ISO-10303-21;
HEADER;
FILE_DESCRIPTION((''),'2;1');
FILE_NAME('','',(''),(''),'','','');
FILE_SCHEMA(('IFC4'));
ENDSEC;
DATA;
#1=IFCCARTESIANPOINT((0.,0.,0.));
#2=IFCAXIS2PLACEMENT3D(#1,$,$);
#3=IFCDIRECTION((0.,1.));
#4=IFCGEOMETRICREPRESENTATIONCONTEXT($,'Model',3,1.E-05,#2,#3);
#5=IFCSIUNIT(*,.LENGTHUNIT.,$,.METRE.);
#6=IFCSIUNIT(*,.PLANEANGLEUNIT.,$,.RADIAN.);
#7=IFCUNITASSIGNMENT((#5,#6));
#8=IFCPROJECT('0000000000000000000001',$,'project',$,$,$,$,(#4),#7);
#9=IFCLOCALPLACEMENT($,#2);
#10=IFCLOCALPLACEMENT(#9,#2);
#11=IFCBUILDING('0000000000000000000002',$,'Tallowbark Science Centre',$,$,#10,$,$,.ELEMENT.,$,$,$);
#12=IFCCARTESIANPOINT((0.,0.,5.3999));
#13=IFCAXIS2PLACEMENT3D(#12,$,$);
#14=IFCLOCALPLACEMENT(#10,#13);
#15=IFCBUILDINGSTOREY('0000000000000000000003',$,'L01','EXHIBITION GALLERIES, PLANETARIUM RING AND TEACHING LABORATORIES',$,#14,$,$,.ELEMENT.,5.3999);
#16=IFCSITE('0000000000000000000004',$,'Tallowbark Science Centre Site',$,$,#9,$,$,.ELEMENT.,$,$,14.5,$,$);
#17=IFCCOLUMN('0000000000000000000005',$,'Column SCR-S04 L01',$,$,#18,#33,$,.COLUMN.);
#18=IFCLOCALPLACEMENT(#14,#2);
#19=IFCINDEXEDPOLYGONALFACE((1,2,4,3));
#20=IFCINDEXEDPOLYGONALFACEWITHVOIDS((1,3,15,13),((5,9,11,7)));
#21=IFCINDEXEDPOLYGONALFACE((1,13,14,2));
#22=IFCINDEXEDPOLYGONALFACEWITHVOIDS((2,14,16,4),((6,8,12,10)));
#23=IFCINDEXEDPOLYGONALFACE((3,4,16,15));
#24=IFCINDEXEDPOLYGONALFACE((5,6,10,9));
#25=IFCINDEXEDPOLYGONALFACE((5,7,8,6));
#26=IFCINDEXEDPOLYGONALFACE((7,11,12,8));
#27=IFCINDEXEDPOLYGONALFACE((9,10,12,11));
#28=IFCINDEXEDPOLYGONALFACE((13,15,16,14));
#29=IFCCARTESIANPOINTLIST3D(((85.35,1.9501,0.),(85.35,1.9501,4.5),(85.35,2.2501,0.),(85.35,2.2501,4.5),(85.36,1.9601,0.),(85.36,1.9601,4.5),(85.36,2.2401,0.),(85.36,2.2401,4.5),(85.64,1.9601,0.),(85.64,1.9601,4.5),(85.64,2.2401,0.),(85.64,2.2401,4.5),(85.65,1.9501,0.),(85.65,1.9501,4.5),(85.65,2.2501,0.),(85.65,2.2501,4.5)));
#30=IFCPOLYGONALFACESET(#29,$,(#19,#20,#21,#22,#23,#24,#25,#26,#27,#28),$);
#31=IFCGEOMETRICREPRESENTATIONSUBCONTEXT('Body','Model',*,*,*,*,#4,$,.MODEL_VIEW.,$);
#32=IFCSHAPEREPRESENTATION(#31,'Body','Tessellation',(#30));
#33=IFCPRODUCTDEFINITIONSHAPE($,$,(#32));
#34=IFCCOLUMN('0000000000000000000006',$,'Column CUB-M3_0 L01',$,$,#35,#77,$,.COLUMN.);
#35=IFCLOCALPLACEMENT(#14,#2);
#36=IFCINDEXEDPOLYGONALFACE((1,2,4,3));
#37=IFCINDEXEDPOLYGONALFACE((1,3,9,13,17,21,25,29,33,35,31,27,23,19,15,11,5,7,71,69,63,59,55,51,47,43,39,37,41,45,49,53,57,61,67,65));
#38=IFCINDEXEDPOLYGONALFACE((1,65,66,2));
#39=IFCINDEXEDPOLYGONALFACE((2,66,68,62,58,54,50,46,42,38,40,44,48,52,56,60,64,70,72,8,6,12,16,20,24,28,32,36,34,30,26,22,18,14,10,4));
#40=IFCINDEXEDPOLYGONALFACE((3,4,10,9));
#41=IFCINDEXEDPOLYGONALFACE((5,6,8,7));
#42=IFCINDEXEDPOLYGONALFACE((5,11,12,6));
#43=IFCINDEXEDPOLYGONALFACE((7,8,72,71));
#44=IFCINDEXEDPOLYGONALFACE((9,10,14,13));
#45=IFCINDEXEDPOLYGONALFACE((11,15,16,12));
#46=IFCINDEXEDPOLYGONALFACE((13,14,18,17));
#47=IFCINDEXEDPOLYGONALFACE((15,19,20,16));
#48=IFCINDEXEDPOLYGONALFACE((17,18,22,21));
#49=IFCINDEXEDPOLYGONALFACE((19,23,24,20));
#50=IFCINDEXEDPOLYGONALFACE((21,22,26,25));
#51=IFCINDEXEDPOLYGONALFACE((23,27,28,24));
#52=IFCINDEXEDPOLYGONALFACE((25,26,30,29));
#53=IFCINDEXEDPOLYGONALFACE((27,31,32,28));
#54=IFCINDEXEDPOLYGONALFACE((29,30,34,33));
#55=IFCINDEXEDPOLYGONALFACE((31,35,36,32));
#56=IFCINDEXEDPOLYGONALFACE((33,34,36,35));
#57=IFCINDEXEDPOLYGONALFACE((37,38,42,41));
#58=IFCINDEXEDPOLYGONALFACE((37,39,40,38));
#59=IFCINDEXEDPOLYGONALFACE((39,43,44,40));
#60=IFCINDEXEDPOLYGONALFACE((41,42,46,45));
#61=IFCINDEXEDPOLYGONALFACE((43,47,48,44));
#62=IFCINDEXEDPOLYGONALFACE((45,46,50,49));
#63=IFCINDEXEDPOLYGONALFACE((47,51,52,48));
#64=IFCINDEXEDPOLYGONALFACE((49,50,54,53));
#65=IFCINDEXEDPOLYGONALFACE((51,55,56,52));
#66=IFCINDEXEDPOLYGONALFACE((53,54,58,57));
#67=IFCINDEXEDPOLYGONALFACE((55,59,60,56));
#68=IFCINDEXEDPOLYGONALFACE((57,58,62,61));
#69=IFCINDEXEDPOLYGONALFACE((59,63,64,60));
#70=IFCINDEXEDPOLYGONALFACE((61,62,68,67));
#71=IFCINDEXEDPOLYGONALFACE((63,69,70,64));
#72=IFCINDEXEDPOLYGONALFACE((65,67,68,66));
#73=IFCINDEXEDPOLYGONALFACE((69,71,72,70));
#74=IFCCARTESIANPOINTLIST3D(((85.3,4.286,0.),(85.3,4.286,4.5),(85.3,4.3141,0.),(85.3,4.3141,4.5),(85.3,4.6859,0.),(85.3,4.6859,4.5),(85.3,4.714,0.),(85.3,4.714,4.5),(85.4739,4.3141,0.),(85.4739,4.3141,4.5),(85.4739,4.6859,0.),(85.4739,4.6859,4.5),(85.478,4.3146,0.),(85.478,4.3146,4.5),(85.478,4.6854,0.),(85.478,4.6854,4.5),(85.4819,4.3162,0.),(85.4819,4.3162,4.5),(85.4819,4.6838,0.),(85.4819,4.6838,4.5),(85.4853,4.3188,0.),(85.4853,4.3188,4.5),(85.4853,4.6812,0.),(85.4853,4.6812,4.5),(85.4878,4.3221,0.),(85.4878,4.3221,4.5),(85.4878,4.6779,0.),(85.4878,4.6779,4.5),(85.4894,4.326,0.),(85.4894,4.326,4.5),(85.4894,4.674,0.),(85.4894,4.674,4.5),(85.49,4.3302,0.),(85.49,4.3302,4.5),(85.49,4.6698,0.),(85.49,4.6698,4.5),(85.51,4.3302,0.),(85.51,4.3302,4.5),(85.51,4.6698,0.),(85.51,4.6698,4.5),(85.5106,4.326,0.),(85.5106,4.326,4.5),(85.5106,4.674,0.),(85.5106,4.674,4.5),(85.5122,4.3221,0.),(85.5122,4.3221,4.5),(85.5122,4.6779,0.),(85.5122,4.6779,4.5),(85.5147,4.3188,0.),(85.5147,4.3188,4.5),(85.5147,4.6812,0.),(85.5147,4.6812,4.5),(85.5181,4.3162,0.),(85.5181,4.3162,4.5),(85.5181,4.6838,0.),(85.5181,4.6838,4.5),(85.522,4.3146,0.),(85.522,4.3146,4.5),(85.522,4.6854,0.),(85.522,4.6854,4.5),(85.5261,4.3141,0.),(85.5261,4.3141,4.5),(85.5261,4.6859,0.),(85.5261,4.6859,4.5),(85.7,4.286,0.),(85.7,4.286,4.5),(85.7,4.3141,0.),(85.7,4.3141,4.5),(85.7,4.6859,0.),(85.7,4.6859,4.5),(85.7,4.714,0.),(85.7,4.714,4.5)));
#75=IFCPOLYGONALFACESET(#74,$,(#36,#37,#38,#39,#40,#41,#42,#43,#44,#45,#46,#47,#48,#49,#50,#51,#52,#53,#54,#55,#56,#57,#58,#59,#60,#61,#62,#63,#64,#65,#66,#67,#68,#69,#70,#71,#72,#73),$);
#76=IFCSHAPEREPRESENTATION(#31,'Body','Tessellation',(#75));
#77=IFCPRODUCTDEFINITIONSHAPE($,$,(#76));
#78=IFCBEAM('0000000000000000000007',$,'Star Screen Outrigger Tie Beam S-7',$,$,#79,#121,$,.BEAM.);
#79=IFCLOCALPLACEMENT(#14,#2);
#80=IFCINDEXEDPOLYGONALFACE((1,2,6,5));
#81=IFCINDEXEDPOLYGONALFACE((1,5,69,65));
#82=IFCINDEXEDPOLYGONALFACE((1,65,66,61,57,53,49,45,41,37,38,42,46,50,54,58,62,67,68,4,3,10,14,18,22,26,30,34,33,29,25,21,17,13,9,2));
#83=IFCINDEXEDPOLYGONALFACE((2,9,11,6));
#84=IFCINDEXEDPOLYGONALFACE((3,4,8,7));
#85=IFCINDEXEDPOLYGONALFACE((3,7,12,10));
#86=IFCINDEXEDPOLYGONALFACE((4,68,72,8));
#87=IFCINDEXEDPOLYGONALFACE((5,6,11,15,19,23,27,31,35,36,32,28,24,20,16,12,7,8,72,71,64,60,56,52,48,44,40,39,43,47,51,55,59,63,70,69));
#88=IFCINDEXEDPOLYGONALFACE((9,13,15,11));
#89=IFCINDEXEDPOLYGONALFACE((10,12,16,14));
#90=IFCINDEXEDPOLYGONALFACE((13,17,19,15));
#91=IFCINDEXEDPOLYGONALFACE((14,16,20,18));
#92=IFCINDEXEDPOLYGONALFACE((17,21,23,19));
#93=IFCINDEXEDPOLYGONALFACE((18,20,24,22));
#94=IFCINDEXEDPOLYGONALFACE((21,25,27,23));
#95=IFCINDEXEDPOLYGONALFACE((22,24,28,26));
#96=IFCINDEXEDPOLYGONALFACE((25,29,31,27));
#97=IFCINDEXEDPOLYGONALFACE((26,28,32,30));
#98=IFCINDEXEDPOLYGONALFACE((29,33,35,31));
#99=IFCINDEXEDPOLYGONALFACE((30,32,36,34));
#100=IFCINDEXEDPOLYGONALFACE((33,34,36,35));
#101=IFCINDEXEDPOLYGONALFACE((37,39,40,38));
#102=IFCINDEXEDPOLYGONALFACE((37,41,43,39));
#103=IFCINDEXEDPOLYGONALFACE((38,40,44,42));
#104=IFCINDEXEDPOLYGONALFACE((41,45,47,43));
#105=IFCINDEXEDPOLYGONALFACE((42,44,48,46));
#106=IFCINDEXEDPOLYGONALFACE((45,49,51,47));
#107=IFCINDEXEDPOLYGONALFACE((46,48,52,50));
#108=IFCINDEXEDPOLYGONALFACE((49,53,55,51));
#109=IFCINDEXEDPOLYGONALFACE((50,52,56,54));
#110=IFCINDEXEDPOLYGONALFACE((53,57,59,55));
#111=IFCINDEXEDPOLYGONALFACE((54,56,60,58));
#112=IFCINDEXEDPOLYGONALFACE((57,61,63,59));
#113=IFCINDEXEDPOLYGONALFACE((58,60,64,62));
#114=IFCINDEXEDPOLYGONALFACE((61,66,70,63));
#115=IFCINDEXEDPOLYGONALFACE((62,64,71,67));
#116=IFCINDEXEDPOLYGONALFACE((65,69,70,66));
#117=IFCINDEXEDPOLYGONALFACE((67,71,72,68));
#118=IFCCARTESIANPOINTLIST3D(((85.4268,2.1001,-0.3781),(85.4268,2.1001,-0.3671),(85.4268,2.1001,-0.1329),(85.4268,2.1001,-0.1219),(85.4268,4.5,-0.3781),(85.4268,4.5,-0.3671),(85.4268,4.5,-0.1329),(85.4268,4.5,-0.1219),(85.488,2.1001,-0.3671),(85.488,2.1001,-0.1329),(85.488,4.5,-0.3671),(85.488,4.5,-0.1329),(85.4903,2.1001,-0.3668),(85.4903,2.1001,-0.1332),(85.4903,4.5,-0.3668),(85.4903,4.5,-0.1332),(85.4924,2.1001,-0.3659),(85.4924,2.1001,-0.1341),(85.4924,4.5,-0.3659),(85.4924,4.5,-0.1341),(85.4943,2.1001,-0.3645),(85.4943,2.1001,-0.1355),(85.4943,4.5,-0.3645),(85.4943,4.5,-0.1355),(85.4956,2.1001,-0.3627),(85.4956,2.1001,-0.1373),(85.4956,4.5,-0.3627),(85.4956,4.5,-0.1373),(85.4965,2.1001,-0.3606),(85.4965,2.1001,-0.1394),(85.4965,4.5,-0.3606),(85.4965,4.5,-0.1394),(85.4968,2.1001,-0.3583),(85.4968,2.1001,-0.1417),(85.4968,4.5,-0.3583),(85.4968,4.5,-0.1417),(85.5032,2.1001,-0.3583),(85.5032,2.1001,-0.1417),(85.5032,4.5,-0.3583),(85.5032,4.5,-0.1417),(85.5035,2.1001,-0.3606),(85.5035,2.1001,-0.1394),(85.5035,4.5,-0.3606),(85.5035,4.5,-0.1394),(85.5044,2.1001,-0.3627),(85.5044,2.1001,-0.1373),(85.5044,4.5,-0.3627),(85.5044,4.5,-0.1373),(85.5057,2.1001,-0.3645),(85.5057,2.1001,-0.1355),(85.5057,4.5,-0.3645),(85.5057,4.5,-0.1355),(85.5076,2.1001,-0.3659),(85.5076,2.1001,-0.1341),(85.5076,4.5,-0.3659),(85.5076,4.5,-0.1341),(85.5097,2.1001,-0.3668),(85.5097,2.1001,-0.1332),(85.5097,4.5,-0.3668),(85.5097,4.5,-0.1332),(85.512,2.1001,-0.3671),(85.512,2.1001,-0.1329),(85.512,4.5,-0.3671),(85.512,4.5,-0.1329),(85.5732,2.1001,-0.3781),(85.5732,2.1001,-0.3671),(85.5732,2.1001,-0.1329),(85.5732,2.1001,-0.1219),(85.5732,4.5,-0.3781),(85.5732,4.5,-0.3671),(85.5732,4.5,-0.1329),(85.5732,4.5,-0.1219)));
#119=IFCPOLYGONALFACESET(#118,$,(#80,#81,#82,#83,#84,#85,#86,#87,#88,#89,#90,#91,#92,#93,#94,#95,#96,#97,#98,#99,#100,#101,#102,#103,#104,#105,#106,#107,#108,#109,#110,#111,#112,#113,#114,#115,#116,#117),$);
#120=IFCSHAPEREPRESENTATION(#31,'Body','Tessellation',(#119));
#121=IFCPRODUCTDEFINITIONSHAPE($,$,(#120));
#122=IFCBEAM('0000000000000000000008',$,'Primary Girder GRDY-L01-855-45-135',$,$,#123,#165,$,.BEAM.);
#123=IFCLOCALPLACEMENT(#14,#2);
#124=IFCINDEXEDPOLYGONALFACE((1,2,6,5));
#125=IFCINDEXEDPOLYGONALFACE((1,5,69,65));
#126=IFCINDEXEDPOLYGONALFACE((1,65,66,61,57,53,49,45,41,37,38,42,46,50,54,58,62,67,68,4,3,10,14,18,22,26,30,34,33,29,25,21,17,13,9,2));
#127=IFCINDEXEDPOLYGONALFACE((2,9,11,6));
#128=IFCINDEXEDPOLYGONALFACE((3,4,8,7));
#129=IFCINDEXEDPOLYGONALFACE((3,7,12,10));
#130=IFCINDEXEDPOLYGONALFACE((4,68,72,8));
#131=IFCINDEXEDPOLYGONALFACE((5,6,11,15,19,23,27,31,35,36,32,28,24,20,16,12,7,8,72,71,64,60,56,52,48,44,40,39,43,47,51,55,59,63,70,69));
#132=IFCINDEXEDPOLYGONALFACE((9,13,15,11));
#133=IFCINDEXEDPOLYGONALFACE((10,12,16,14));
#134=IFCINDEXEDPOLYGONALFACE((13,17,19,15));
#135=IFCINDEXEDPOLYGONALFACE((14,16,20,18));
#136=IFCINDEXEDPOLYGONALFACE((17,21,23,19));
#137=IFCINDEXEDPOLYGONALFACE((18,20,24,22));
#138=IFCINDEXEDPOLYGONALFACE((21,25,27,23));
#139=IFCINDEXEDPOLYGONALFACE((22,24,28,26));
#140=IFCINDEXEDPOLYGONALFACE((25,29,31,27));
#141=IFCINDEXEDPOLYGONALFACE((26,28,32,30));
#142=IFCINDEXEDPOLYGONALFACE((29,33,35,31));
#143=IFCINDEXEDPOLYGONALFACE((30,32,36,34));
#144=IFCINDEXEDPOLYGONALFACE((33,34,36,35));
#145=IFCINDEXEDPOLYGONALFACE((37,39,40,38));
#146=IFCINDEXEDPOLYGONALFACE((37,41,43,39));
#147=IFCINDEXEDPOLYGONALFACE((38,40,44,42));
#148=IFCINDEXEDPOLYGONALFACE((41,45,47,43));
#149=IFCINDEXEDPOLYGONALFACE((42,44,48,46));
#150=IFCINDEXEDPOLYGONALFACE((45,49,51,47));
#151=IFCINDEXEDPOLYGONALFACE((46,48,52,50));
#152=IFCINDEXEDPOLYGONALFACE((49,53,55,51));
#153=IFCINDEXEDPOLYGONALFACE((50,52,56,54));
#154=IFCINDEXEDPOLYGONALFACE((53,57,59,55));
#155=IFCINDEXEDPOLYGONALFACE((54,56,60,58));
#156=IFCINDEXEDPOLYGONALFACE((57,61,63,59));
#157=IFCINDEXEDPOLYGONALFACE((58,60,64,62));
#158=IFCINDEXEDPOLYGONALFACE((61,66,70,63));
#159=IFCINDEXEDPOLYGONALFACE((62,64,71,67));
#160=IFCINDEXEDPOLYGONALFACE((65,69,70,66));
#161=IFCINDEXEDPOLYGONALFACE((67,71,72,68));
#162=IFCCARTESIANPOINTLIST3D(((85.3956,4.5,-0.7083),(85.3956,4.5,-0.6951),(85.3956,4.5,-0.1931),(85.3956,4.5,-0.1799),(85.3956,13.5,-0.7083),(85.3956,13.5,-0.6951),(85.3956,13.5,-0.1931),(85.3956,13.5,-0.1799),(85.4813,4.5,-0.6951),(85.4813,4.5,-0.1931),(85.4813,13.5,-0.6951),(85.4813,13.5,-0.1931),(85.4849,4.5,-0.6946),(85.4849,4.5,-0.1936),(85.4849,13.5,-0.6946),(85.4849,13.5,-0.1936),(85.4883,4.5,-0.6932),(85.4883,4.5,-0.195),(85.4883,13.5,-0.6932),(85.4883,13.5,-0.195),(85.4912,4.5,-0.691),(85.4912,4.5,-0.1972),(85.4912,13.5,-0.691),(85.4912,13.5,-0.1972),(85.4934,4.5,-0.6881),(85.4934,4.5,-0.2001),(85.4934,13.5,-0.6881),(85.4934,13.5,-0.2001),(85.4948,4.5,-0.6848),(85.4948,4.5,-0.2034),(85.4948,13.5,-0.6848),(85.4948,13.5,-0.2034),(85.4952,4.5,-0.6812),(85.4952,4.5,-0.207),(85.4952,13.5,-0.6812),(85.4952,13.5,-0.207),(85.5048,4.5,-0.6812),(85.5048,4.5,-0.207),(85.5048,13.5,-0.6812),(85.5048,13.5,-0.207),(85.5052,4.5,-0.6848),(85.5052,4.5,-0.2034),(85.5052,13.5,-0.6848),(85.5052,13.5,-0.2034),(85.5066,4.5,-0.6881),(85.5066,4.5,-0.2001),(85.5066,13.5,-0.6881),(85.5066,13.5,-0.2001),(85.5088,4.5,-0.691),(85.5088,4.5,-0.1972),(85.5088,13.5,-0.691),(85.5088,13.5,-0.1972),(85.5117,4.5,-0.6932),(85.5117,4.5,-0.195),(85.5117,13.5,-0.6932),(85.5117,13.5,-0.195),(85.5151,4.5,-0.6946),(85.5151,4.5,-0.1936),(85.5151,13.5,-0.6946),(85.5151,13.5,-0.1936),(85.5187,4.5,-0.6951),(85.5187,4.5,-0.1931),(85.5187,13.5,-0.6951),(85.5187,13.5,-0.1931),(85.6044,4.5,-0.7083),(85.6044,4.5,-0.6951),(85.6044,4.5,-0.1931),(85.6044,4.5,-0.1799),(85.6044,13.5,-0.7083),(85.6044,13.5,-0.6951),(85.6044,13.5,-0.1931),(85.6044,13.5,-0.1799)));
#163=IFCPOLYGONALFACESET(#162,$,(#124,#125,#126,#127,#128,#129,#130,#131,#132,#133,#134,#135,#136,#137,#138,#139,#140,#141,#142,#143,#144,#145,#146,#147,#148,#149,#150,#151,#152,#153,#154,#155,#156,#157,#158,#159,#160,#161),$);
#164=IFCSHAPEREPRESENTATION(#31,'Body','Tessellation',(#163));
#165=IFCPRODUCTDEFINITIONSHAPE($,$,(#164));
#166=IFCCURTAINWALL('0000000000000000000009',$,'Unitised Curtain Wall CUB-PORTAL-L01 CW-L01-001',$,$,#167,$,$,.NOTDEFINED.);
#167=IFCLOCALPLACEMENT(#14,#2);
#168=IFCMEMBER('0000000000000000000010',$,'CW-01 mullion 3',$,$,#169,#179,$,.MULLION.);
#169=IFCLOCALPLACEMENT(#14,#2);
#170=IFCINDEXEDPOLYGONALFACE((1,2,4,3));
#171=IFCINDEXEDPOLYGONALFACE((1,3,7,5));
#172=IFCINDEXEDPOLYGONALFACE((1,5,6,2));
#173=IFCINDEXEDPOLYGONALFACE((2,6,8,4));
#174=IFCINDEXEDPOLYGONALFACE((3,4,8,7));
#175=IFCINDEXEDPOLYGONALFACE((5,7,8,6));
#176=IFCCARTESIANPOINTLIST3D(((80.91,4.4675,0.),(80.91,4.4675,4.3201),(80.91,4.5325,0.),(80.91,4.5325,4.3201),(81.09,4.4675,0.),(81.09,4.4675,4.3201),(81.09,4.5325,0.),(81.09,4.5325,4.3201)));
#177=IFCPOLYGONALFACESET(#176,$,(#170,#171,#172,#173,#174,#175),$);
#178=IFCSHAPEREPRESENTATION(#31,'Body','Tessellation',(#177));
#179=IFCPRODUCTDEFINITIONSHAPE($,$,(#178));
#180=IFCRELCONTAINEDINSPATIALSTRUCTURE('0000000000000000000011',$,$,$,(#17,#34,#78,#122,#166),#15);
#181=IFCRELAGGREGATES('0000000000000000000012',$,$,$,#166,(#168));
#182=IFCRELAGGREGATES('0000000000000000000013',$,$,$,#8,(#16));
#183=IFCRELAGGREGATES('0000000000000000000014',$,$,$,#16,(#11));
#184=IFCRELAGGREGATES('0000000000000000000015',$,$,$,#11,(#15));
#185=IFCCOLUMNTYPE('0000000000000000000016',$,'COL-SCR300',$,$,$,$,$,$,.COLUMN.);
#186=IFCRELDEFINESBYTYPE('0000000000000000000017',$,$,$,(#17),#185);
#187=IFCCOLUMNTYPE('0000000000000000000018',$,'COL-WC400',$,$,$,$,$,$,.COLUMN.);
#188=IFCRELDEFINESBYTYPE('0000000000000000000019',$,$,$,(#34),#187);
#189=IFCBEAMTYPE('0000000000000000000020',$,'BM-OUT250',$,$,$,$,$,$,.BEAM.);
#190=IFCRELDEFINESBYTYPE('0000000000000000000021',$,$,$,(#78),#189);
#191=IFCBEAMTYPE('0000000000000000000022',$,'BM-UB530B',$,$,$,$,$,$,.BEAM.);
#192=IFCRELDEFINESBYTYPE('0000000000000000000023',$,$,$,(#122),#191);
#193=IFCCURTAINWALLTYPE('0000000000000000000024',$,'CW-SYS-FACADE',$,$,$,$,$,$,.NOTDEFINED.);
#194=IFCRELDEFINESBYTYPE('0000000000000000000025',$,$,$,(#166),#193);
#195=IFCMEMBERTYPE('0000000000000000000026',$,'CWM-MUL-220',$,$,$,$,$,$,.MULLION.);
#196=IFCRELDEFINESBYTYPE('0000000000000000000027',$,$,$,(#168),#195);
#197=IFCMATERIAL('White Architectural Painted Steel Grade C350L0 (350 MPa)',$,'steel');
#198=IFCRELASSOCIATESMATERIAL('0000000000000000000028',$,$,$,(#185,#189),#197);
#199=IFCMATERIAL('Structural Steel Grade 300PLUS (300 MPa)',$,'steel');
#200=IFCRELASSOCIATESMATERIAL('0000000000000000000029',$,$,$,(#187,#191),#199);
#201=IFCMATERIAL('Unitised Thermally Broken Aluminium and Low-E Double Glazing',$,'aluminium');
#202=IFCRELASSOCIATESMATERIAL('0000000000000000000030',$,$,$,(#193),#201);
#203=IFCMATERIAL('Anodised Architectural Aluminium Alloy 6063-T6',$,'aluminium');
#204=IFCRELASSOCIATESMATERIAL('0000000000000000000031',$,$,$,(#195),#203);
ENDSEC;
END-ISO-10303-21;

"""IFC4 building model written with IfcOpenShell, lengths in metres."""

from ifc_helpers import new_model, si_unit, direction, frame, origin, origin_2d, place, context, subcontext, project, spatial, rectangle, hollow_rectangle, i_section, extrude, material, material_profile, profile_set, type_object, element, aggregate, save


model = new_model("IFC4")

# Units and contexts
model_context = context("Model", 3, precision=1e-05, world=origin(), true_north=direction((0.0, 1.0)))
body_context = subcontext(model_context, "Body", "Model", "MODEL_VIEW")
ifc_project = project(units=[si_unit("LENGTHUNIT", "METRE"), si_unit("PLANEANGLEUNIT", "RADIAN")], contexts=[model_context])

# Site, building, storey
site_placement = place(None, origin())
site = spatial("IfcSite", under=ifc_project, at=site_placement, Name="Tallowbark Science Centre Site", CompositionType="ELEMENT", RefElevation=14.5)
building_placement = place(site_placement, origin())
building = spatial("IfcBuilding", under=site, at=building_placement, Name="Tallowbark Science Centre", CompositionType="ELEMENT")
storey_placement = place(building_placement, frame((0.0, 0.0, 5.3999)))
storey = spatial("IfcBuildingStorey", under=building, at=storey_placement, Name="L01", Description="EXHIBITION GALLERIES, PLANETARIUM RING AND TEACHING LABORATORIES", CompositionType="ELEMENT", Elevation=5.3999)

# Columns
ifc_material_1 = material(Name="White Architectural Painted Steel Grade C350L0 (350 MPa)", Category="steel")
ifc_material_profile_1 = material_profile(ifc_material_1, hollow_rectangle(XDim=0.3, YDim=0.3, WallThickness=0.01, at=origin_2d()), Name="300x300x10.0SHS")
ifc_profile_set_1 = profile_set([ifc_material_profile_1], Name="White Architectural Painted Steel Grade C350L0 (350 MPa)")
column_type_1 = type_object("IfcColumnType", Name="COL-SCR300", PredefinedType="COLUMN", material=ifc_profile_set_1)
column_1_placement = place(storey_placement, frame((85.5, 2.1001, 0.0), z_axis=(0.0, 0.0, 1.0), x_axis=(1.0, 0.0, 0.0)))
element("IfcColumn", 1, at=column_1_placement, inside=storey, type_object=column_type_1, Name="Column SCR-S04 L01", PredefinedType="COLUMN", context=body_context, shape_type="SweptSolid", body=[
    extrude(hollow_rectangle(XDim=0.3, YDim=0.3, WallThickness=0.01, at=origin_2d()), origin(), (0.0, 0.0, 1.0), 4.5),
])
ifc_material_2 = material(Name="Structural Steel Grade 300PLUS (300 MPa)", Category="steel")
ifc_material_profile_2 = material_profile(ifc_material_2, i_section(OverallWidth=0.3999, OverallDepth=0.428, WebThickness=0.02, FlangeThickness=0.0281, FilletRadius=0.0161, at=origin_2d()), Name="400WC270")
ifc_profile_set_2 = profile_set([ifc_material_profile_2], Name="Structural Steel Grade 300PLUS (300 MPa)")
column_type_2 = type_object("IfcColumnType", Name="COL-WC400", PredefinedType="COLUMN", material=ifc_profile_set_2)
column_2_placement = place(storey_placement, frame((85.5, 4.5, 0.0), z_axis=(0.0, 0.0, 1.0), x_axis=(1.0, 0.0, 0.0)))
element("IfcColumn", 2, at=column_2_placement, inside=storey, type_object=column_type_2, Name="Column CUB-M3_0 L01", PredefinedType="COLUMN", context=body_context, shape_type="SweptSolid", body=[
    extrude(i_section(OverallWidth=0.3999, OverallDepth=0.428, WebThickness=0.02, FlangeThickness=0.0281, FilletRadius=0.0161, at=origin_2d()), origin(), (0.0, 0.0, 1.0), 4.5),
])

# Beams
ifc_material_profile_3 = material_profile(ifc_material_1, i_section(OverallWidth=0.1465, OverallDepth=0.2561, WebThickness=0.0063, FlangeThickness=0.011, FilletRadius=0.0088, at=origin_2d()), Name="250UB37.3")
ifc_profile_set_3 = profile_set([ifc_material_profile_3], Name="White Architectural Painted Steel Grade C350L0 (350 MPa)")
beam_type_1 = type_object("IfcBeamType", Name="BM-OUT250", PredefinedType="BEAM", material=ifc_profile_set_3)
beam_1_placement = place(storey_placement, frame((85.5, 4.5, -0.25), z_axis=(0.0, -1.0, 0.0), x_axis=(1.0, 0.0, 0.0)))
element("IfcBeam", 3, at=beam_1_placement, inside=storey, type_object=beam_type_1, Name="Star Screen Outrigger Tie Beam S-7", PredefinedType="BEAM", context=body_context, shape_type="SweptSolid", body=[
    extrude(i_section(OverallWidth=0.1465, OverallDepth=0.2561, WebThickness=0.0063, FlangeThickness=0.011, FilletRadius=0.0088, at=origin_2d()), origin(), (0.0, 0.0, 1.0), 2.3999),
])
ifc_material_profile_4 = material_profile(ifc_material_2, i_section(OverallWidth=0.2087, OverallDepth=0.5283, WebThickness=0.0095, FlangeThickness=0.0132, FilletRadius=0.0139, at=origin_2d()), Name="530UB82.0")
ifc_profile_set_4 = profile_set([ifc_material_profile_4], Name="Structural Steel Grade 300PLUS (300 MPa)")
beam_type_2 = type_object("IfcBeamType", Name="BM-UB530B", PredefinedType="BEAM", material=ifc_profile_set_4)
beam_2_placement = place(storey_placement, frame((85.5, 4.5, -0.4441), z_axis=(0.0, 1.0, 0.0), x_axis=(-1.0, 0.0, 0.0)))
element("IfcBeam", 4, at=beam_2_placement, inside=storey, type_object=beam_type_2, Name="Primary Girder GRDY-L01-855-45-135", PredefinedType="BEAM", context=body_context, shape_type="SweptSolid", body=[
    extrude(i_section(OverallWidth=0.2087, OverallDepth=0.5283, WebThickness=0.0095, FlangeThickness=0.0132, FilletRadius=0.0139, at=origin_2d()), origin(), (0.0, 0.0, 1.0), 9.0),
])

# Curtain wall, member
ifc_material_3 = material(Name="Unitised Thermally Broken Aluminium and Low-E Double Glazing", Category="aluminium")
curtain_wall_type = type_object("IfcCurtainWallType", Name="CW-SYS-FACADE", PredefinedType="NOTDEFINED", material=ifc_material_3)
curtain_wall_placement = place(storey_placement, origin())
curtain_wall = element("IfcCurtainWall", 5, at=curtain_wall_placement, inside=storey, type_object=curtain_wall_type, Name="Unitised Curtain Wall CUB-PORTAL-L01 CW-L01-001", PredefinedType="NOTDEFINED")
ifc_material_4 = material(Name="Anodised Architectural Aluminium Alloy 6063-T6", Category="aluminium")
ifc_material_profile_5 = material_profile(ifc_material_4, rectangle(XDim=0.0649, YDim=0.1799, at=origin_2d()), Name="ALU65x180")
ifc_profile_set_5 = profile_set([ifc_material_profile_5], Name="Anodised Architectural Aluminium Alloy 6063-T6")
member_type_1 = type_object("IfcMemberType", Name="CWM-MUL-220", PredefinedType="MULLION", material=ifc_profile_set_5)
member_1_placement = place(storey_placement, frame((81.0, 4.5, 0.0), z_axis=(0.0, 0.0, 1.0), x_axis=(0.0, 1.0, 0.0)))
member_1 = element("IfcMember", 6, at=member_1_placement, type_object=member_type_1, Name="CW-01 mullion 3", PredefinedType="MULLION", context=body_context, shape_type="SweptSolid", body=[
    extrude(rectangle(XDim=0.0649, YDim=0.1799, at=origin_2d()), origin(), (0.0, 0.0, 1.0), 4.3201),
])

aggregate(curtain_wall, [member_1])

save(model, "model.ifc")
